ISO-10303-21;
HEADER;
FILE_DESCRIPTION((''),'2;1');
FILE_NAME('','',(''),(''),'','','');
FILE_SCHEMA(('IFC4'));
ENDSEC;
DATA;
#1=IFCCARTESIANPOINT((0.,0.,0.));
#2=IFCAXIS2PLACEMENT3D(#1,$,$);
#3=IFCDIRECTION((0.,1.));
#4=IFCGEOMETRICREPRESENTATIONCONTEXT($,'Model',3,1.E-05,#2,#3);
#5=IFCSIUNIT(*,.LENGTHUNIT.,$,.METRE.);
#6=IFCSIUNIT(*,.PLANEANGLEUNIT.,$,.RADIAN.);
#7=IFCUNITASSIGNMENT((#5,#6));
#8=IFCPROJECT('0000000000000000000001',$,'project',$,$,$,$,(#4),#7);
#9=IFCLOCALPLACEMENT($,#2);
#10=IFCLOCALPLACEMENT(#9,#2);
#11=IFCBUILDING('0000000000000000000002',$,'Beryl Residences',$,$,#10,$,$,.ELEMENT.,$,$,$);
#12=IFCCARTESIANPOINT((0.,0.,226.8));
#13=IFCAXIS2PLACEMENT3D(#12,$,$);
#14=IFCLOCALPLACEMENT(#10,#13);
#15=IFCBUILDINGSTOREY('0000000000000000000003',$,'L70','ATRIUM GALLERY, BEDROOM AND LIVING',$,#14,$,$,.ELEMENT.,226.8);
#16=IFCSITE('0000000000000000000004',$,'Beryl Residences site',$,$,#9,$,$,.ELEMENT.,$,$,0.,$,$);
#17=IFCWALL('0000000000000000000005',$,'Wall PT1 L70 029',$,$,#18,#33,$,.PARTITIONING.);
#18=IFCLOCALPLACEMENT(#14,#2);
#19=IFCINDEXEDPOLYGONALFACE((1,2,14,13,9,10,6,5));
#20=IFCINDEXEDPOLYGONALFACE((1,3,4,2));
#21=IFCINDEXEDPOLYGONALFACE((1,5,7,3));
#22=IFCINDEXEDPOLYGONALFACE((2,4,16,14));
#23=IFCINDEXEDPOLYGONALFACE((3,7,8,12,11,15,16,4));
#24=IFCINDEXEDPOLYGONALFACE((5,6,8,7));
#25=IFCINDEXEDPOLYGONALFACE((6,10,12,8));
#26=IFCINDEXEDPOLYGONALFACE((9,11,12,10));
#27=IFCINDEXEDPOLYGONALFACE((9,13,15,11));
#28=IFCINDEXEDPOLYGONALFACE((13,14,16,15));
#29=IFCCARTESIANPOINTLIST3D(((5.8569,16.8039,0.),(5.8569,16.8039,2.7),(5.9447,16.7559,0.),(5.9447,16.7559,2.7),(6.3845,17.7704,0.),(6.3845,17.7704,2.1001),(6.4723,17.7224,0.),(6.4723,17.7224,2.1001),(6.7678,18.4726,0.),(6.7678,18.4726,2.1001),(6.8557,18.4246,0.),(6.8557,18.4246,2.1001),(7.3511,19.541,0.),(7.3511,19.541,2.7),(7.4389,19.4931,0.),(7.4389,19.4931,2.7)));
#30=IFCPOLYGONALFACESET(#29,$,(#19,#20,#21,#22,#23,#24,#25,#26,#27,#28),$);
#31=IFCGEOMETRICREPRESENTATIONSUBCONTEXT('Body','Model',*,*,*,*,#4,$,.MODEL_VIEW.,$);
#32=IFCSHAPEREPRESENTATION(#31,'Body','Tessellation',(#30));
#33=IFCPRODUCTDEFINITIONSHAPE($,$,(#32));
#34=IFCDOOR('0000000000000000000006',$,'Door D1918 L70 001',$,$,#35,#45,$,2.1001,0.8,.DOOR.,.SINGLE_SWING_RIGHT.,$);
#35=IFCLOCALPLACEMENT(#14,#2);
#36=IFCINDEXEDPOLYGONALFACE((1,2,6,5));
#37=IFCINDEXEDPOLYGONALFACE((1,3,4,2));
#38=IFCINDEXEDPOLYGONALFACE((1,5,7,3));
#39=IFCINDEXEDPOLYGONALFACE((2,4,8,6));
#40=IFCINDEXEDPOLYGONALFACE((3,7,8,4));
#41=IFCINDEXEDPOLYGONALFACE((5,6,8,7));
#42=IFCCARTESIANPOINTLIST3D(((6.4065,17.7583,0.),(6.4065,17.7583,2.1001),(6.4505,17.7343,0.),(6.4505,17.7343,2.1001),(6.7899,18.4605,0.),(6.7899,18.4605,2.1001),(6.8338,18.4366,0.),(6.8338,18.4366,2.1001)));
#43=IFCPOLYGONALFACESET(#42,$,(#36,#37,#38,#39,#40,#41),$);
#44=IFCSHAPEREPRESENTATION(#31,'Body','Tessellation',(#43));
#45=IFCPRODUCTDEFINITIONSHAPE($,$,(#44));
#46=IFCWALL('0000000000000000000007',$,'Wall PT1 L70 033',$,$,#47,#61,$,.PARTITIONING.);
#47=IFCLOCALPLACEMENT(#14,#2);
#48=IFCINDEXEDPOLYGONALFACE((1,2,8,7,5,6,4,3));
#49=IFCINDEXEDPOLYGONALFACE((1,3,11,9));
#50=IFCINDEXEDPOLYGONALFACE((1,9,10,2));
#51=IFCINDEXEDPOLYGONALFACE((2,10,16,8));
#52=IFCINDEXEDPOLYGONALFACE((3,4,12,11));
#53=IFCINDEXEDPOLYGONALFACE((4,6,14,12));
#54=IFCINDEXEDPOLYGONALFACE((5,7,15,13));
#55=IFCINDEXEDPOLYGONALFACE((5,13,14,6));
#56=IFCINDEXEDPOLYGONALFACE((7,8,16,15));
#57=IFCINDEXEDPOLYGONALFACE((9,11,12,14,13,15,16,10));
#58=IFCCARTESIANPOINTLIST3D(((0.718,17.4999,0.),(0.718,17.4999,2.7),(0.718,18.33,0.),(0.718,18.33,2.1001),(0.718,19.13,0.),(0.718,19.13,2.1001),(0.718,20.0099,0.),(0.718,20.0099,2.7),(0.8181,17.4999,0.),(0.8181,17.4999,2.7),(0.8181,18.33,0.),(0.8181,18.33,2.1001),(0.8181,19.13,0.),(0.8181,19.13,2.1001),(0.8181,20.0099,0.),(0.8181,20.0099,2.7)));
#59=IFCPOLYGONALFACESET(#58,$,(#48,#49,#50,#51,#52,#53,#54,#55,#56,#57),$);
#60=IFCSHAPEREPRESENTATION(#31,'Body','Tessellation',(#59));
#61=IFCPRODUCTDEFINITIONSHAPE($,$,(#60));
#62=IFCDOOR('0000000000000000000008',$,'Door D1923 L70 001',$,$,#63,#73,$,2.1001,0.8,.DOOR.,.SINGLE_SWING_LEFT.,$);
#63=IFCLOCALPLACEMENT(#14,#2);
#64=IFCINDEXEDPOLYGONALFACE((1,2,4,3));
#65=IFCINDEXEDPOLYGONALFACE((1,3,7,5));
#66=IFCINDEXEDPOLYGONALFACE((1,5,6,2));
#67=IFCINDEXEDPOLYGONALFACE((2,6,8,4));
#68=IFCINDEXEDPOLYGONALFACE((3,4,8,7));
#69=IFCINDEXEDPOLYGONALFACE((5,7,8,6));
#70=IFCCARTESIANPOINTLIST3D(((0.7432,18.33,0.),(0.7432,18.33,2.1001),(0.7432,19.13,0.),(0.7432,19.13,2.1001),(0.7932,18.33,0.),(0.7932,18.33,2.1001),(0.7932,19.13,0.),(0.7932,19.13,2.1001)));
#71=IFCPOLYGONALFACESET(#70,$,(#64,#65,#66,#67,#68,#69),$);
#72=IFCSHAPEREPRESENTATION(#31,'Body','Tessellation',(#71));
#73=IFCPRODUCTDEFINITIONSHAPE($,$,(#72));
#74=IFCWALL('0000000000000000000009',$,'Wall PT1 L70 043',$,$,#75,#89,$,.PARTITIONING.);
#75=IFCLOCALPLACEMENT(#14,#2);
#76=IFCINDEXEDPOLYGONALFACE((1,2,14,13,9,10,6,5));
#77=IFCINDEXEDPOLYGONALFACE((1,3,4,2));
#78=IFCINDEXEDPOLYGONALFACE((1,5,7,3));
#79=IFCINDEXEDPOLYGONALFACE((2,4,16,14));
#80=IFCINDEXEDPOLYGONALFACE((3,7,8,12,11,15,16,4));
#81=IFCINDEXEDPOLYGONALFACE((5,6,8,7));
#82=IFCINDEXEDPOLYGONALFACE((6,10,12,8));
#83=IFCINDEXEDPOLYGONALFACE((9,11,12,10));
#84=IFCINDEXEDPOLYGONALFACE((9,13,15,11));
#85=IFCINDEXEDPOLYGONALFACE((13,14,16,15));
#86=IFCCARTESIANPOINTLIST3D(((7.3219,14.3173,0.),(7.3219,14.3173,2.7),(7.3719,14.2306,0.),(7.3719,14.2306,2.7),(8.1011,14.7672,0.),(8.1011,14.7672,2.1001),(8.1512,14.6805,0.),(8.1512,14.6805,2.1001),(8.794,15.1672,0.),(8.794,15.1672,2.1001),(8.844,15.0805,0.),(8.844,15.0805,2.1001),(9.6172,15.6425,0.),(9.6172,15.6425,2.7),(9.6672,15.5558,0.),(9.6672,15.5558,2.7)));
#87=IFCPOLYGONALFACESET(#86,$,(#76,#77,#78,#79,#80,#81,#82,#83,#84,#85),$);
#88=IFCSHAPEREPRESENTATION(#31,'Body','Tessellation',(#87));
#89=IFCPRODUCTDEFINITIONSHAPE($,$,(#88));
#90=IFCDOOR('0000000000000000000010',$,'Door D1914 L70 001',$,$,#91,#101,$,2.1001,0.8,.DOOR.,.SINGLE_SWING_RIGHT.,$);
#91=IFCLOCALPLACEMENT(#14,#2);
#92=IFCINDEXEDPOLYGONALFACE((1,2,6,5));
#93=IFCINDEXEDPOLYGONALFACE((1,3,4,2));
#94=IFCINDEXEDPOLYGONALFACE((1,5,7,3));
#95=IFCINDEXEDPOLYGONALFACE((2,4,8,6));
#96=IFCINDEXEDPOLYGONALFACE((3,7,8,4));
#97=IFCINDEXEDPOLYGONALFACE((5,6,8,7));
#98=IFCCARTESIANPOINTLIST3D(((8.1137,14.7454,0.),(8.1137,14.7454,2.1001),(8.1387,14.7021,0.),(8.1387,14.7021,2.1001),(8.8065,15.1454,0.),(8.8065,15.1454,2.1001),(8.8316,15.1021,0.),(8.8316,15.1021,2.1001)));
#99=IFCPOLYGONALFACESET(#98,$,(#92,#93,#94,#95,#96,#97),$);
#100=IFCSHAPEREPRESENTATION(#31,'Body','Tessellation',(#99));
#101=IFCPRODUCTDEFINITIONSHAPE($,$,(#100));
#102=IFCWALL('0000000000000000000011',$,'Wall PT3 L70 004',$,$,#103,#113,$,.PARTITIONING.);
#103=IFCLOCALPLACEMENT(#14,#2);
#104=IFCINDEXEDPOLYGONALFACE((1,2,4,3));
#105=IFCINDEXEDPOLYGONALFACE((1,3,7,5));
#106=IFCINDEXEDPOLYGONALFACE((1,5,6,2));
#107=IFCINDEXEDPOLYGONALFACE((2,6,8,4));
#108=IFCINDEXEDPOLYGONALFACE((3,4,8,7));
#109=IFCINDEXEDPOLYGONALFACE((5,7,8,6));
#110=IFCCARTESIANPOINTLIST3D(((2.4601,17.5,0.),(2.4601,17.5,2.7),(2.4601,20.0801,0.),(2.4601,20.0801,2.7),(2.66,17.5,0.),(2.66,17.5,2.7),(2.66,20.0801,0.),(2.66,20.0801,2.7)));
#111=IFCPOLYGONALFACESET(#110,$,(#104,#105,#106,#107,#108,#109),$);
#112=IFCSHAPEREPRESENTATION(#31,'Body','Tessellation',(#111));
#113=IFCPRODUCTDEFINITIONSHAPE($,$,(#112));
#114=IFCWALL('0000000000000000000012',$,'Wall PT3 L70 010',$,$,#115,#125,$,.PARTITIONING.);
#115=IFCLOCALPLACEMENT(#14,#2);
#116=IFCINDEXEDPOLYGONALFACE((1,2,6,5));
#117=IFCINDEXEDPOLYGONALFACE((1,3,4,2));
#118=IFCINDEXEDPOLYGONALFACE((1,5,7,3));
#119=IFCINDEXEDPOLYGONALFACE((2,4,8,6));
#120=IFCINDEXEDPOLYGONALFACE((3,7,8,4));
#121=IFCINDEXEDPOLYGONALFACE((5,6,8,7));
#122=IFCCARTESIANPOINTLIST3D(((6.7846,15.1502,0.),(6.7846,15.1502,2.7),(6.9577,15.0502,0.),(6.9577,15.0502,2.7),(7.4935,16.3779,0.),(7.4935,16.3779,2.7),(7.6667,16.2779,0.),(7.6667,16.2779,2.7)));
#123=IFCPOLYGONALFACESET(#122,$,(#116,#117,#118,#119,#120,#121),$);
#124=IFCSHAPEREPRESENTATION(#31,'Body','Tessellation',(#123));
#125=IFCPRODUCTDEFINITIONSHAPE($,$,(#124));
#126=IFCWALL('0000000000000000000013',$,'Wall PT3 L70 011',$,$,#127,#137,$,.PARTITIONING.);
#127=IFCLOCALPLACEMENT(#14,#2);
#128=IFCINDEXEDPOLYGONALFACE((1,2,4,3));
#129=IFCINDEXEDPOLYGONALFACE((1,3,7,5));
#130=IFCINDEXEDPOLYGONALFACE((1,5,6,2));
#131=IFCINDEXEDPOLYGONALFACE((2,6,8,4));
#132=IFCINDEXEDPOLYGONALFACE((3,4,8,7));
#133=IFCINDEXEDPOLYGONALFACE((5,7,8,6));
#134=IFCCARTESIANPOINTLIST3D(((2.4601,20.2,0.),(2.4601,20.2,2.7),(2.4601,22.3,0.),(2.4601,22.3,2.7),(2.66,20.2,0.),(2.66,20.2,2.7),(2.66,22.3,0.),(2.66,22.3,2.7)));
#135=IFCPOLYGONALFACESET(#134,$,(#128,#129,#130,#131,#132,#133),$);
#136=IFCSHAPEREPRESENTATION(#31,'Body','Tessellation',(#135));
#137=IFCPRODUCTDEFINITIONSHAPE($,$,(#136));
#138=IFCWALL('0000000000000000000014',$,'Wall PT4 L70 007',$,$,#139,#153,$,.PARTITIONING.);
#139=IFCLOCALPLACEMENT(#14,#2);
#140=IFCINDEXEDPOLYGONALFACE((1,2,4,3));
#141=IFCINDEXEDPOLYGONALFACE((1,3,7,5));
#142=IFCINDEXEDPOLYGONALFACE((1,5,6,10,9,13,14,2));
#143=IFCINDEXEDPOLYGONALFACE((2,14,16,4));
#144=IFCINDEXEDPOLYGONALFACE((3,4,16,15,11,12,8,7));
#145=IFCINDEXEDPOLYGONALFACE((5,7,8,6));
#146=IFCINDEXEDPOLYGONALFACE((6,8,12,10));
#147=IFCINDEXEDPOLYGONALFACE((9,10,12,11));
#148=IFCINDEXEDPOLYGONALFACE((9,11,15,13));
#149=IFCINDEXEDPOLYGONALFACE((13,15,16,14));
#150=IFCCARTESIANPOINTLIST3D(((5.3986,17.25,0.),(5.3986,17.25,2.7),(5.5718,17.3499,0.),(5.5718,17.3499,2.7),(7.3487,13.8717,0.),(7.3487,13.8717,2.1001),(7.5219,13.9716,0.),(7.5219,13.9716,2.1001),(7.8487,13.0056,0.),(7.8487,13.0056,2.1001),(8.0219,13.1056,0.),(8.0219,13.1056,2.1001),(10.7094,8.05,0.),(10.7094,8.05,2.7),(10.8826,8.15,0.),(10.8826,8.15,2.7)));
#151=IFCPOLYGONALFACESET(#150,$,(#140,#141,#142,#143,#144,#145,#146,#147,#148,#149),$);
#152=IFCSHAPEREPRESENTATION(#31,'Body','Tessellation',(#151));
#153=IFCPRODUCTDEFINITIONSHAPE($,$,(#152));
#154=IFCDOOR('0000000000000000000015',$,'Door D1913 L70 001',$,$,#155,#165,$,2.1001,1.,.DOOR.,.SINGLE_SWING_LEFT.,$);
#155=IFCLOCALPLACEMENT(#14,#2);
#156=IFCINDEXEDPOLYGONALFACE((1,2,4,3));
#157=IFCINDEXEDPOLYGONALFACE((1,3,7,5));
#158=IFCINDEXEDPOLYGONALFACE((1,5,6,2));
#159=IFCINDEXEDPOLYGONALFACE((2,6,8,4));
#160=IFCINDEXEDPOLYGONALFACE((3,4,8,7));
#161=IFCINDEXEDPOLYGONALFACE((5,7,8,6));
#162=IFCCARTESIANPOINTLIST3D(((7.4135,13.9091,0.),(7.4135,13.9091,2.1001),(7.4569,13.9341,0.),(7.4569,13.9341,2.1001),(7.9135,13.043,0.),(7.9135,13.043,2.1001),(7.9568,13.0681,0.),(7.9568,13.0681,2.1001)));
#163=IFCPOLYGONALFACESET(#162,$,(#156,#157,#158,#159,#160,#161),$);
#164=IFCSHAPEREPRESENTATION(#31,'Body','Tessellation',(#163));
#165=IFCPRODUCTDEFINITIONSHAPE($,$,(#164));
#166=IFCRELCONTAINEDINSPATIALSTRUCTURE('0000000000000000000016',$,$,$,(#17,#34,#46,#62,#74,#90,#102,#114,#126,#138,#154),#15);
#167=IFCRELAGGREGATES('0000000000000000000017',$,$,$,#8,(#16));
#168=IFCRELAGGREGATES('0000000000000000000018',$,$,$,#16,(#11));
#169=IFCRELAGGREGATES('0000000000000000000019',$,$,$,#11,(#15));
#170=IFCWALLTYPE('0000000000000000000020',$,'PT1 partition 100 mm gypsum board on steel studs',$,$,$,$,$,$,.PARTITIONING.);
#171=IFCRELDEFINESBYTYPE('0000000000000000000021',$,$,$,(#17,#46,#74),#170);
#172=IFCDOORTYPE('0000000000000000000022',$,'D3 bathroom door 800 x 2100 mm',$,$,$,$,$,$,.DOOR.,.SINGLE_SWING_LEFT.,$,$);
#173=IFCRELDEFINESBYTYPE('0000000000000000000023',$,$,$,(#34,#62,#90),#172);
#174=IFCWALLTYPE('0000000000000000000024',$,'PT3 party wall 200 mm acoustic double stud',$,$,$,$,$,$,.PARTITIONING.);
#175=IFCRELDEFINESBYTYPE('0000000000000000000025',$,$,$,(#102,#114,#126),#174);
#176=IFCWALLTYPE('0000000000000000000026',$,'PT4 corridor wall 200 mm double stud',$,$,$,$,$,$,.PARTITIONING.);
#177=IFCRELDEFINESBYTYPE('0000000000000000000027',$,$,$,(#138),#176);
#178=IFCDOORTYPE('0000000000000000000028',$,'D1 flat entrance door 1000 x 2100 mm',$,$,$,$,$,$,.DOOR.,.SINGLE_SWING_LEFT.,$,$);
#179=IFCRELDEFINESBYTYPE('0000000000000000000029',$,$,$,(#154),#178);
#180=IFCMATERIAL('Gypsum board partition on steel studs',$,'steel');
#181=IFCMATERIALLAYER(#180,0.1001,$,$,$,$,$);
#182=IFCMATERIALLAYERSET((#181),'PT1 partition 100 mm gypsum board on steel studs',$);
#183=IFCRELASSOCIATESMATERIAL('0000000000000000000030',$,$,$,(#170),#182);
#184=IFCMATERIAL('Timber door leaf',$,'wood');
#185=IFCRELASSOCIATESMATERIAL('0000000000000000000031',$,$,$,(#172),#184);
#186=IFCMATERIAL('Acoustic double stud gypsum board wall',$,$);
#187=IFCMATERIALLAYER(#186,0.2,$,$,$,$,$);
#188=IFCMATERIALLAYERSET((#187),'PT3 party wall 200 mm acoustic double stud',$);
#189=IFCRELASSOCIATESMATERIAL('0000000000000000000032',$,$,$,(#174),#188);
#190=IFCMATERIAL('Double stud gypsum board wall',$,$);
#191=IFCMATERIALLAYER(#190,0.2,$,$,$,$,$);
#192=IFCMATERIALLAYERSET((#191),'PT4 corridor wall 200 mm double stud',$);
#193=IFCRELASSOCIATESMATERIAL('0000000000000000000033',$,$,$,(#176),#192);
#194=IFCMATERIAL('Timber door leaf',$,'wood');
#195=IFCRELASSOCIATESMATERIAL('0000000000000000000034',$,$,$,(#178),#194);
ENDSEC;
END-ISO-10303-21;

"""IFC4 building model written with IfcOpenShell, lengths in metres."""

from ifc_helpers import new_model, si_unit, direction, frame, frame_2d, origin, place, context, subcontext, project, spatial, rectangle, extrude, material, layer, layer_set, type_object, element, fill, save


model = new_model("IFC4")

# Units and contexts
model_context = context("Model", 3, precision=1e-05, world=origin(), true_north=direction((0.0, 1.0)))
body_context = subcontext(model_context, "Body", "Model", "MODEL_VIEW")
ifc_project = project(units=[si_unit("LENGTHUNIT", "METRE"), si_unit("PLANEANGLEUNIT", "RADIAN")], contexts=[model_context])

# Site, building, storey
site_placement = place(None, origin())
site = spatial("IfcSite", under=ifc_project, at=site_placement, Name="Beryl Residences site", CompositionType="ELEMENT", RefElevation=0.0)
building_placement = place(site_placement, origin())
building = spatial("IfcBuilding", under=site, at=building_placement, Name="Beryl Residences", CompositionType="ELEMENT")
storey_placement = place(building_placement, frame((0.0, 0.0, 226.8)))
storey = spatial("IfcBuildingStorey", under=building, at=storey_placement, Name="L70", Description="ATRIUM GALLERY, BEDROOM AND LIVING", CompositionType="ELEMENT", Elevation=226.8)

# Shared definitions
ifc_material_1 = material(Name="Gypsum board partition on steel studs", Category="steel")
ifc_layer_1 = layer(ifc_material_1, 0.1001)
ifc_layer_set_1 = layer_set([ifc_layer_1], Name="PT1 partition 100 mm gypsum board on steel studs")
wall_type_1 = type_object("IfcWallType", Name="PT1 partition 100 mm gypsum board on steel studs", PredefinedType="PARTITIONING", material=ifc_layer_set_1)

# Walls, openings, doors
wall_1_placement = place(storey_placement, frame((5.9009, 16.78, 0.0), z_axis=(0.0, 0.0, 1.0), x_axis=(0.479148, 0.877734, 0.0)))
wall_1 = element("IfcWall", 1, at=wall_1_placement, inside=storey, type_object=wall_type_1, Name="Wall PT1 L70 029", PredefinedType="PARTITIONING", context=body_context, shape_type="SweptSolid", body=[
    extrude(rectangle(XDim=3.1184, YDim=0.1001, at=frame_2d((1.5591, 0.0))), origin(), (0.0, 0.0, 1.0), 2.7),
])
opening_1_placement = place(wall_1_placement, frame((1.1011, 0.0, 0.0)))
opening_1 = element("IfcOpeningElement", 2, at=opening_1_placement, cuts=wall_1, PredefinedType="OPENING", context=body_context, shape_type="SweptSolid", body=[
    extrude(rectangle(XDim=0.8, YDim=2.1001, at=frame_2d((0.3999, 1.05))), frame((0.0, 0.0601, 0.0), z_axis=(0.0, -1.0, 0.0), x_axis=(1.0, 0.0, 0.0)), (0.0, 0.0, 1.0), 0.1201),
])
ifc_material_2 = material(Name="Timber door leaf", Category="wood")
door_type_1 = type_object("IfcDoorType", Name="D3 bathroom door 800 x 2100 mm", OperationType="SINGLE_SWING_LEFT", PredefinedType="DOOR", material=ifc_material_2)
door_1_placement = place(opening_1_placement, origin())
door_1 = element("IfcDoor", 3, at=door_1_placement, inside=storey, type_object=door_type_1, Name="Door D1918 L70 001", OperationType="SINGLE_SWING_RIGHT", OverallHeight=2.1001, OverallWidth=0.8, PredefinedType="DOOR", context=body_context, shape_type="SweptSolid", body=[
    extrude(rectangle(XDim=0.8, YDim=2.1001, at=frame_2d((0.3999, 1.05))), frame((0.0, 0.0249, 0.0), z_axis=(0.0, -1.0, 0.0), x_axis=(1.0, 0.0, 0.0)), (0.0, 0.0, 1.0), 0.05),
])
fill(opening_1, door_1)
wall_2_placement = place(storey_placement, frame((0.7681, 17.5, 0.0), z_axis=(0.0, 0.0, 1.0), x_axis=(0.0, 1.0, 0.0)))
wall_2 = element("IfcWall", 4, at=wall_2_placement, inside=storey, type_object=wall_type_1, Name="Wall PT1 L70 033", PredefinedType="PARTITIONING", context=body_context, shape_type="SweptSolid", body=[
    extrude(rectangle(XDim=2.51, YDim=0.1001, at=frame_2d((1.2549, 0.0))), origin(), (0.0, 0.0, 1.0), 2.7),
])
opening_2_placement = place(wall_2_placement, frame((0.8301, 0.0, 0.0)))
opening_2 = element("IfcOpeningElement", 5, at=opening_2_placement, cuts=wall_2, PredefinedType="OPENING", context=body_context, shape_type="SweptSolid", body=[
    extrude(rectangle(XDim=0.8, YDim=2.1001, at=frame_2d((0.3999, 1.05))), frame((0.0, 0.0601, 0.0), z_axis=(0.0, -1.0, 0.0), x_axis=(1.0, 0.0, 0.0)), (0.0, 0.0, 1.0), 0.1201),
])
door_2_placement = place(opening_2_placement, origin())
door_2 = element("IfcDoor", 6, at=door_2_placement, inside=storey, type_object=door_type_1, Name="Door D1923 L70 001", OperationType="SINGLE_SWING_LEFT", OverallHeight=2.1001, OverallWidth=0.8, PredefinedType="DOOR", context=body_context, shape_type="SweptSolid", body=[
    extrude(rectangle(XDim=0.8, YDim=2.1001, at=frame_2d((0.3999, 1.05))), frame((0.0, 0.0249, 0.0), z_axis=(0.0, -1.0, 0.0), x_axis=(1.0, 0.0, 0.0)), (0.0, 0.0, 1.0), 0.05),
])
fill(opening_2, door_2)
wall_3_placement = place(storey_placement, frame((7.3469, 14.2739, 0.0), z_axis=(0.0, 0.0, 1.0), x_axis=(0.866012, 0.500023, 0.0)))
wall_3 = element("IfcWall", 7, at=wall_3_placement, inside=storey, type_object=wall_type_1, Name="Wall PT1 L70 043", PredefinedType="PARTITIONING", context=body_context, shape_type="SweptSolid", body=[
    extrude(rectangle(XDim=2.6504, YDim=0.1001, at=frame_2d((1.3252, 0.0))), origin(), (0.0, 0.0, 1.0), 2.7),
])
opening_3_placement = place(wall_3_placement, frame((0.8999, 0.0, 0.0)))
opening_3 = element("IfcOpeningElement", 8, at=opening_3_placement, cuts=wall_3, PredefinedType="OPENING", context=body_context, shape_type="SweptSolid", body=[
    extrude(rectangle(XDim=0.8, YDim=2.1001, at=frame_2d((0.3999, 1.05))), frame((0.0, 0.0601, 0.0), z_axis=(0.0, -1.0, 0.0), x_axis=(1.0, 0.0, 0.0)), (0.0, 0.0, 1.0), 0.1201),
])
door_3_placement = place(opening_3_placement, origin())
door_3 = element("IfcDoor", 9, at=door_3_placement, inside=storey, type_object=door_type_1, Name="Door D1914 L70 001", OperationType="SINGLE_SWING_RIGHT", OverallHeight=2.1001, OverallWidth=0.8, PredefinedType="DOOR", context=body_context, shape_type="SweptSolid", body=[
    extrude(rectangle(XDim=0.8, YDim=2.1001, at=frame_2d((0.3999, 1.05))), frame((0.0, 0.0249, 0.0), z_axis=(0.0, -1.0, 0.0), x_axis=(1.0, 0.0, 0.0)), (0.0, 0.0, 1.0), 0.05),
])
fill(opening_3, door_3)

# Walls
ifc_material_3 = material(Name="Acoustic double stud gypsum board wall")
ifc_layer_2 = layer(ifc_material_3, 0.2)
ifc_layer_set_2 = layer_set([ifc_layer_2], Name="PT3 party wall 200 mm acoustic double stud")
wall_type_2 = type_object("IfcWallType", Name="PT3 party wall 200 mm acoustic double stud", PredefinedType="PARTITIONING", material=ifc_layer_set_2)
wall_4_placement = place(storey_placement, frame((2.5601, 20.0801, 0.0), z_axis=(0.0, 0.0, 1.0), x_axis=(0.0, -1.0, 0.0)))
element("IfcWall", 10, at=wall_4_placement, inside=storey, type_object=wall_type_2, Name="Wall PT3 L70 004", PredefinedType="PARTITIONING", context=body_context, shape_type="SweptSolid", body=[
    extrude(rectangle(XDim=2.5801, YDim=0.2, at=frame_2d((1.29, 0.0))), origin(), (0.0, 0.0, 1.0), 2.7),
])
wall_5_placement = place(storey_placement, frame((6.8711, 15.1001, 0.0), z_axis=(0.0, 0.0, 1.0), x_axis=(0.500065, 0.865988, 0.0)))
element("IfcWall", 11, at=wall_5_placement, inside=storey, type_object=wall_type_2, Name="Wall PT3 L70 010", PredefinedType="PARTITIONING", context=body_context, shape_type="SweptSolid", body=[
    extrude(rectangle(XDim=1.4177, YDim=0.2, at=frame_2d((0.709, 0.0))), origin(), (0.0, 0.0, 1.0), 2.7),
])
wall_6_placement = place(storey_placement, frame((2.5601, 20.2, 0.0), z_axis=(0.0, 0.0, 1.0), x_axis=(0.0, 1.0, 0.0)))
element("IfcWall", 12, at=wall_6_placement, inside=storey, type_object=wall_type_2, Name="Wall PT3 L70 011", PredefinedType="PARTITIONING", context=body_context, shape_type="SweptSolid", body=[
    extrude(rectangle(XDim=2.1001, YDim=0.2, at=frame_2d((1.05, 0.0))), origin(), (0.0, 0.0, 1.0), 2.7),
])

# Wall, opening, door
ifc_material_4 = material(Name="Double stud gypsum board wall")
ifc_layer_3 = layer(ifc_material_4, 0.2)
ifc_layer_set_3 = layer_set([ifc_layer_3], Name="PT4 corridor wall 200 mm double stud")
wall_type_3 = type_object("IfcWallType", Name="PT4 corridor wall 200 mm double stud", PredefinedType="PARTITIONING", material=ifc_layer_set_3)
wall_7_placement = place(storey_placement, frame((5.4851, 17.3, 0.0), z_axis=(0.0, 0.0, 1.0), x_axis=(0.499943, -0.866058, 0.0)))
wall_7 = element("IfcWall", 13, at=wall_7_placement, inside=storey, type_object=wall_type_3, Name="Wall PT4 L70 007", PredefinedType="PARTITIONING", context=body_context, shape_type="SweptSolid", body=[
    extrude(rectangle(XDim=10.6228, YDim=0.2, at=frame_2d((5.3115, 0.0))), origin(), (0.0, 0.0, 1.0), 2.7),
])
opening_4_placement = place(wall_7_placement, frame((3.9009, 0.0, 0.0)))
opening_4 = element("IfcOpeningElement", 14, at=opening_4_placement, cuts=wall_7, PredefinedType="OPENING", context=body_context, shape_type="SweptSolid", body=[
    extrude(rectangle(XDim=1.0, YDim=2.1001, at=frame_2d((0.5, 1.05))), frame((0.0, 0.1099, 0.0), z_axis=(0.0, -1.0, 0.0), x_axis=(1.0, 0.0, 0.0)), (0.0, 0.0, 1.0), 0.22),
])
ifc_material_5 = material(Name="Timber door leaf", Category="wood")
door_type_2 = type_object("IfcDoorType", Name="D1 flat entrance door 1000 x 2100 mm", OperationType="SINGLE_SWING_LEFT", PredefinedType="DOOR", material=ifc_material_5)
door_4_placement = place(opening_4_placement, origin())
door_4 = element("IfcDoor", 15, at=door_4_placement, inside=storey, type_object=door_type_2, Name="Door D1913 L70 001", OperationType="SINGLE_SWING_LEFT", OverallHeight=2.1001, OverallWidth=1.0, PredefinedType="DOOR", context=body_context, shape_type="SweptSolid", body=[
    extrude(rectangle(XDim=1.0, YDim=2.1001, at=frame_2d((0.5, 1.05))), frame((0.0, 0.0249, 0.0), z_axis=(0.0, -1.0, 0.0), x_axis=(1.0, 0.0, 0.0)), (0.0, 0.0, 1.0), 0.05),
])
fill(opening_4, door_4)

save(model, "model.ifc")
